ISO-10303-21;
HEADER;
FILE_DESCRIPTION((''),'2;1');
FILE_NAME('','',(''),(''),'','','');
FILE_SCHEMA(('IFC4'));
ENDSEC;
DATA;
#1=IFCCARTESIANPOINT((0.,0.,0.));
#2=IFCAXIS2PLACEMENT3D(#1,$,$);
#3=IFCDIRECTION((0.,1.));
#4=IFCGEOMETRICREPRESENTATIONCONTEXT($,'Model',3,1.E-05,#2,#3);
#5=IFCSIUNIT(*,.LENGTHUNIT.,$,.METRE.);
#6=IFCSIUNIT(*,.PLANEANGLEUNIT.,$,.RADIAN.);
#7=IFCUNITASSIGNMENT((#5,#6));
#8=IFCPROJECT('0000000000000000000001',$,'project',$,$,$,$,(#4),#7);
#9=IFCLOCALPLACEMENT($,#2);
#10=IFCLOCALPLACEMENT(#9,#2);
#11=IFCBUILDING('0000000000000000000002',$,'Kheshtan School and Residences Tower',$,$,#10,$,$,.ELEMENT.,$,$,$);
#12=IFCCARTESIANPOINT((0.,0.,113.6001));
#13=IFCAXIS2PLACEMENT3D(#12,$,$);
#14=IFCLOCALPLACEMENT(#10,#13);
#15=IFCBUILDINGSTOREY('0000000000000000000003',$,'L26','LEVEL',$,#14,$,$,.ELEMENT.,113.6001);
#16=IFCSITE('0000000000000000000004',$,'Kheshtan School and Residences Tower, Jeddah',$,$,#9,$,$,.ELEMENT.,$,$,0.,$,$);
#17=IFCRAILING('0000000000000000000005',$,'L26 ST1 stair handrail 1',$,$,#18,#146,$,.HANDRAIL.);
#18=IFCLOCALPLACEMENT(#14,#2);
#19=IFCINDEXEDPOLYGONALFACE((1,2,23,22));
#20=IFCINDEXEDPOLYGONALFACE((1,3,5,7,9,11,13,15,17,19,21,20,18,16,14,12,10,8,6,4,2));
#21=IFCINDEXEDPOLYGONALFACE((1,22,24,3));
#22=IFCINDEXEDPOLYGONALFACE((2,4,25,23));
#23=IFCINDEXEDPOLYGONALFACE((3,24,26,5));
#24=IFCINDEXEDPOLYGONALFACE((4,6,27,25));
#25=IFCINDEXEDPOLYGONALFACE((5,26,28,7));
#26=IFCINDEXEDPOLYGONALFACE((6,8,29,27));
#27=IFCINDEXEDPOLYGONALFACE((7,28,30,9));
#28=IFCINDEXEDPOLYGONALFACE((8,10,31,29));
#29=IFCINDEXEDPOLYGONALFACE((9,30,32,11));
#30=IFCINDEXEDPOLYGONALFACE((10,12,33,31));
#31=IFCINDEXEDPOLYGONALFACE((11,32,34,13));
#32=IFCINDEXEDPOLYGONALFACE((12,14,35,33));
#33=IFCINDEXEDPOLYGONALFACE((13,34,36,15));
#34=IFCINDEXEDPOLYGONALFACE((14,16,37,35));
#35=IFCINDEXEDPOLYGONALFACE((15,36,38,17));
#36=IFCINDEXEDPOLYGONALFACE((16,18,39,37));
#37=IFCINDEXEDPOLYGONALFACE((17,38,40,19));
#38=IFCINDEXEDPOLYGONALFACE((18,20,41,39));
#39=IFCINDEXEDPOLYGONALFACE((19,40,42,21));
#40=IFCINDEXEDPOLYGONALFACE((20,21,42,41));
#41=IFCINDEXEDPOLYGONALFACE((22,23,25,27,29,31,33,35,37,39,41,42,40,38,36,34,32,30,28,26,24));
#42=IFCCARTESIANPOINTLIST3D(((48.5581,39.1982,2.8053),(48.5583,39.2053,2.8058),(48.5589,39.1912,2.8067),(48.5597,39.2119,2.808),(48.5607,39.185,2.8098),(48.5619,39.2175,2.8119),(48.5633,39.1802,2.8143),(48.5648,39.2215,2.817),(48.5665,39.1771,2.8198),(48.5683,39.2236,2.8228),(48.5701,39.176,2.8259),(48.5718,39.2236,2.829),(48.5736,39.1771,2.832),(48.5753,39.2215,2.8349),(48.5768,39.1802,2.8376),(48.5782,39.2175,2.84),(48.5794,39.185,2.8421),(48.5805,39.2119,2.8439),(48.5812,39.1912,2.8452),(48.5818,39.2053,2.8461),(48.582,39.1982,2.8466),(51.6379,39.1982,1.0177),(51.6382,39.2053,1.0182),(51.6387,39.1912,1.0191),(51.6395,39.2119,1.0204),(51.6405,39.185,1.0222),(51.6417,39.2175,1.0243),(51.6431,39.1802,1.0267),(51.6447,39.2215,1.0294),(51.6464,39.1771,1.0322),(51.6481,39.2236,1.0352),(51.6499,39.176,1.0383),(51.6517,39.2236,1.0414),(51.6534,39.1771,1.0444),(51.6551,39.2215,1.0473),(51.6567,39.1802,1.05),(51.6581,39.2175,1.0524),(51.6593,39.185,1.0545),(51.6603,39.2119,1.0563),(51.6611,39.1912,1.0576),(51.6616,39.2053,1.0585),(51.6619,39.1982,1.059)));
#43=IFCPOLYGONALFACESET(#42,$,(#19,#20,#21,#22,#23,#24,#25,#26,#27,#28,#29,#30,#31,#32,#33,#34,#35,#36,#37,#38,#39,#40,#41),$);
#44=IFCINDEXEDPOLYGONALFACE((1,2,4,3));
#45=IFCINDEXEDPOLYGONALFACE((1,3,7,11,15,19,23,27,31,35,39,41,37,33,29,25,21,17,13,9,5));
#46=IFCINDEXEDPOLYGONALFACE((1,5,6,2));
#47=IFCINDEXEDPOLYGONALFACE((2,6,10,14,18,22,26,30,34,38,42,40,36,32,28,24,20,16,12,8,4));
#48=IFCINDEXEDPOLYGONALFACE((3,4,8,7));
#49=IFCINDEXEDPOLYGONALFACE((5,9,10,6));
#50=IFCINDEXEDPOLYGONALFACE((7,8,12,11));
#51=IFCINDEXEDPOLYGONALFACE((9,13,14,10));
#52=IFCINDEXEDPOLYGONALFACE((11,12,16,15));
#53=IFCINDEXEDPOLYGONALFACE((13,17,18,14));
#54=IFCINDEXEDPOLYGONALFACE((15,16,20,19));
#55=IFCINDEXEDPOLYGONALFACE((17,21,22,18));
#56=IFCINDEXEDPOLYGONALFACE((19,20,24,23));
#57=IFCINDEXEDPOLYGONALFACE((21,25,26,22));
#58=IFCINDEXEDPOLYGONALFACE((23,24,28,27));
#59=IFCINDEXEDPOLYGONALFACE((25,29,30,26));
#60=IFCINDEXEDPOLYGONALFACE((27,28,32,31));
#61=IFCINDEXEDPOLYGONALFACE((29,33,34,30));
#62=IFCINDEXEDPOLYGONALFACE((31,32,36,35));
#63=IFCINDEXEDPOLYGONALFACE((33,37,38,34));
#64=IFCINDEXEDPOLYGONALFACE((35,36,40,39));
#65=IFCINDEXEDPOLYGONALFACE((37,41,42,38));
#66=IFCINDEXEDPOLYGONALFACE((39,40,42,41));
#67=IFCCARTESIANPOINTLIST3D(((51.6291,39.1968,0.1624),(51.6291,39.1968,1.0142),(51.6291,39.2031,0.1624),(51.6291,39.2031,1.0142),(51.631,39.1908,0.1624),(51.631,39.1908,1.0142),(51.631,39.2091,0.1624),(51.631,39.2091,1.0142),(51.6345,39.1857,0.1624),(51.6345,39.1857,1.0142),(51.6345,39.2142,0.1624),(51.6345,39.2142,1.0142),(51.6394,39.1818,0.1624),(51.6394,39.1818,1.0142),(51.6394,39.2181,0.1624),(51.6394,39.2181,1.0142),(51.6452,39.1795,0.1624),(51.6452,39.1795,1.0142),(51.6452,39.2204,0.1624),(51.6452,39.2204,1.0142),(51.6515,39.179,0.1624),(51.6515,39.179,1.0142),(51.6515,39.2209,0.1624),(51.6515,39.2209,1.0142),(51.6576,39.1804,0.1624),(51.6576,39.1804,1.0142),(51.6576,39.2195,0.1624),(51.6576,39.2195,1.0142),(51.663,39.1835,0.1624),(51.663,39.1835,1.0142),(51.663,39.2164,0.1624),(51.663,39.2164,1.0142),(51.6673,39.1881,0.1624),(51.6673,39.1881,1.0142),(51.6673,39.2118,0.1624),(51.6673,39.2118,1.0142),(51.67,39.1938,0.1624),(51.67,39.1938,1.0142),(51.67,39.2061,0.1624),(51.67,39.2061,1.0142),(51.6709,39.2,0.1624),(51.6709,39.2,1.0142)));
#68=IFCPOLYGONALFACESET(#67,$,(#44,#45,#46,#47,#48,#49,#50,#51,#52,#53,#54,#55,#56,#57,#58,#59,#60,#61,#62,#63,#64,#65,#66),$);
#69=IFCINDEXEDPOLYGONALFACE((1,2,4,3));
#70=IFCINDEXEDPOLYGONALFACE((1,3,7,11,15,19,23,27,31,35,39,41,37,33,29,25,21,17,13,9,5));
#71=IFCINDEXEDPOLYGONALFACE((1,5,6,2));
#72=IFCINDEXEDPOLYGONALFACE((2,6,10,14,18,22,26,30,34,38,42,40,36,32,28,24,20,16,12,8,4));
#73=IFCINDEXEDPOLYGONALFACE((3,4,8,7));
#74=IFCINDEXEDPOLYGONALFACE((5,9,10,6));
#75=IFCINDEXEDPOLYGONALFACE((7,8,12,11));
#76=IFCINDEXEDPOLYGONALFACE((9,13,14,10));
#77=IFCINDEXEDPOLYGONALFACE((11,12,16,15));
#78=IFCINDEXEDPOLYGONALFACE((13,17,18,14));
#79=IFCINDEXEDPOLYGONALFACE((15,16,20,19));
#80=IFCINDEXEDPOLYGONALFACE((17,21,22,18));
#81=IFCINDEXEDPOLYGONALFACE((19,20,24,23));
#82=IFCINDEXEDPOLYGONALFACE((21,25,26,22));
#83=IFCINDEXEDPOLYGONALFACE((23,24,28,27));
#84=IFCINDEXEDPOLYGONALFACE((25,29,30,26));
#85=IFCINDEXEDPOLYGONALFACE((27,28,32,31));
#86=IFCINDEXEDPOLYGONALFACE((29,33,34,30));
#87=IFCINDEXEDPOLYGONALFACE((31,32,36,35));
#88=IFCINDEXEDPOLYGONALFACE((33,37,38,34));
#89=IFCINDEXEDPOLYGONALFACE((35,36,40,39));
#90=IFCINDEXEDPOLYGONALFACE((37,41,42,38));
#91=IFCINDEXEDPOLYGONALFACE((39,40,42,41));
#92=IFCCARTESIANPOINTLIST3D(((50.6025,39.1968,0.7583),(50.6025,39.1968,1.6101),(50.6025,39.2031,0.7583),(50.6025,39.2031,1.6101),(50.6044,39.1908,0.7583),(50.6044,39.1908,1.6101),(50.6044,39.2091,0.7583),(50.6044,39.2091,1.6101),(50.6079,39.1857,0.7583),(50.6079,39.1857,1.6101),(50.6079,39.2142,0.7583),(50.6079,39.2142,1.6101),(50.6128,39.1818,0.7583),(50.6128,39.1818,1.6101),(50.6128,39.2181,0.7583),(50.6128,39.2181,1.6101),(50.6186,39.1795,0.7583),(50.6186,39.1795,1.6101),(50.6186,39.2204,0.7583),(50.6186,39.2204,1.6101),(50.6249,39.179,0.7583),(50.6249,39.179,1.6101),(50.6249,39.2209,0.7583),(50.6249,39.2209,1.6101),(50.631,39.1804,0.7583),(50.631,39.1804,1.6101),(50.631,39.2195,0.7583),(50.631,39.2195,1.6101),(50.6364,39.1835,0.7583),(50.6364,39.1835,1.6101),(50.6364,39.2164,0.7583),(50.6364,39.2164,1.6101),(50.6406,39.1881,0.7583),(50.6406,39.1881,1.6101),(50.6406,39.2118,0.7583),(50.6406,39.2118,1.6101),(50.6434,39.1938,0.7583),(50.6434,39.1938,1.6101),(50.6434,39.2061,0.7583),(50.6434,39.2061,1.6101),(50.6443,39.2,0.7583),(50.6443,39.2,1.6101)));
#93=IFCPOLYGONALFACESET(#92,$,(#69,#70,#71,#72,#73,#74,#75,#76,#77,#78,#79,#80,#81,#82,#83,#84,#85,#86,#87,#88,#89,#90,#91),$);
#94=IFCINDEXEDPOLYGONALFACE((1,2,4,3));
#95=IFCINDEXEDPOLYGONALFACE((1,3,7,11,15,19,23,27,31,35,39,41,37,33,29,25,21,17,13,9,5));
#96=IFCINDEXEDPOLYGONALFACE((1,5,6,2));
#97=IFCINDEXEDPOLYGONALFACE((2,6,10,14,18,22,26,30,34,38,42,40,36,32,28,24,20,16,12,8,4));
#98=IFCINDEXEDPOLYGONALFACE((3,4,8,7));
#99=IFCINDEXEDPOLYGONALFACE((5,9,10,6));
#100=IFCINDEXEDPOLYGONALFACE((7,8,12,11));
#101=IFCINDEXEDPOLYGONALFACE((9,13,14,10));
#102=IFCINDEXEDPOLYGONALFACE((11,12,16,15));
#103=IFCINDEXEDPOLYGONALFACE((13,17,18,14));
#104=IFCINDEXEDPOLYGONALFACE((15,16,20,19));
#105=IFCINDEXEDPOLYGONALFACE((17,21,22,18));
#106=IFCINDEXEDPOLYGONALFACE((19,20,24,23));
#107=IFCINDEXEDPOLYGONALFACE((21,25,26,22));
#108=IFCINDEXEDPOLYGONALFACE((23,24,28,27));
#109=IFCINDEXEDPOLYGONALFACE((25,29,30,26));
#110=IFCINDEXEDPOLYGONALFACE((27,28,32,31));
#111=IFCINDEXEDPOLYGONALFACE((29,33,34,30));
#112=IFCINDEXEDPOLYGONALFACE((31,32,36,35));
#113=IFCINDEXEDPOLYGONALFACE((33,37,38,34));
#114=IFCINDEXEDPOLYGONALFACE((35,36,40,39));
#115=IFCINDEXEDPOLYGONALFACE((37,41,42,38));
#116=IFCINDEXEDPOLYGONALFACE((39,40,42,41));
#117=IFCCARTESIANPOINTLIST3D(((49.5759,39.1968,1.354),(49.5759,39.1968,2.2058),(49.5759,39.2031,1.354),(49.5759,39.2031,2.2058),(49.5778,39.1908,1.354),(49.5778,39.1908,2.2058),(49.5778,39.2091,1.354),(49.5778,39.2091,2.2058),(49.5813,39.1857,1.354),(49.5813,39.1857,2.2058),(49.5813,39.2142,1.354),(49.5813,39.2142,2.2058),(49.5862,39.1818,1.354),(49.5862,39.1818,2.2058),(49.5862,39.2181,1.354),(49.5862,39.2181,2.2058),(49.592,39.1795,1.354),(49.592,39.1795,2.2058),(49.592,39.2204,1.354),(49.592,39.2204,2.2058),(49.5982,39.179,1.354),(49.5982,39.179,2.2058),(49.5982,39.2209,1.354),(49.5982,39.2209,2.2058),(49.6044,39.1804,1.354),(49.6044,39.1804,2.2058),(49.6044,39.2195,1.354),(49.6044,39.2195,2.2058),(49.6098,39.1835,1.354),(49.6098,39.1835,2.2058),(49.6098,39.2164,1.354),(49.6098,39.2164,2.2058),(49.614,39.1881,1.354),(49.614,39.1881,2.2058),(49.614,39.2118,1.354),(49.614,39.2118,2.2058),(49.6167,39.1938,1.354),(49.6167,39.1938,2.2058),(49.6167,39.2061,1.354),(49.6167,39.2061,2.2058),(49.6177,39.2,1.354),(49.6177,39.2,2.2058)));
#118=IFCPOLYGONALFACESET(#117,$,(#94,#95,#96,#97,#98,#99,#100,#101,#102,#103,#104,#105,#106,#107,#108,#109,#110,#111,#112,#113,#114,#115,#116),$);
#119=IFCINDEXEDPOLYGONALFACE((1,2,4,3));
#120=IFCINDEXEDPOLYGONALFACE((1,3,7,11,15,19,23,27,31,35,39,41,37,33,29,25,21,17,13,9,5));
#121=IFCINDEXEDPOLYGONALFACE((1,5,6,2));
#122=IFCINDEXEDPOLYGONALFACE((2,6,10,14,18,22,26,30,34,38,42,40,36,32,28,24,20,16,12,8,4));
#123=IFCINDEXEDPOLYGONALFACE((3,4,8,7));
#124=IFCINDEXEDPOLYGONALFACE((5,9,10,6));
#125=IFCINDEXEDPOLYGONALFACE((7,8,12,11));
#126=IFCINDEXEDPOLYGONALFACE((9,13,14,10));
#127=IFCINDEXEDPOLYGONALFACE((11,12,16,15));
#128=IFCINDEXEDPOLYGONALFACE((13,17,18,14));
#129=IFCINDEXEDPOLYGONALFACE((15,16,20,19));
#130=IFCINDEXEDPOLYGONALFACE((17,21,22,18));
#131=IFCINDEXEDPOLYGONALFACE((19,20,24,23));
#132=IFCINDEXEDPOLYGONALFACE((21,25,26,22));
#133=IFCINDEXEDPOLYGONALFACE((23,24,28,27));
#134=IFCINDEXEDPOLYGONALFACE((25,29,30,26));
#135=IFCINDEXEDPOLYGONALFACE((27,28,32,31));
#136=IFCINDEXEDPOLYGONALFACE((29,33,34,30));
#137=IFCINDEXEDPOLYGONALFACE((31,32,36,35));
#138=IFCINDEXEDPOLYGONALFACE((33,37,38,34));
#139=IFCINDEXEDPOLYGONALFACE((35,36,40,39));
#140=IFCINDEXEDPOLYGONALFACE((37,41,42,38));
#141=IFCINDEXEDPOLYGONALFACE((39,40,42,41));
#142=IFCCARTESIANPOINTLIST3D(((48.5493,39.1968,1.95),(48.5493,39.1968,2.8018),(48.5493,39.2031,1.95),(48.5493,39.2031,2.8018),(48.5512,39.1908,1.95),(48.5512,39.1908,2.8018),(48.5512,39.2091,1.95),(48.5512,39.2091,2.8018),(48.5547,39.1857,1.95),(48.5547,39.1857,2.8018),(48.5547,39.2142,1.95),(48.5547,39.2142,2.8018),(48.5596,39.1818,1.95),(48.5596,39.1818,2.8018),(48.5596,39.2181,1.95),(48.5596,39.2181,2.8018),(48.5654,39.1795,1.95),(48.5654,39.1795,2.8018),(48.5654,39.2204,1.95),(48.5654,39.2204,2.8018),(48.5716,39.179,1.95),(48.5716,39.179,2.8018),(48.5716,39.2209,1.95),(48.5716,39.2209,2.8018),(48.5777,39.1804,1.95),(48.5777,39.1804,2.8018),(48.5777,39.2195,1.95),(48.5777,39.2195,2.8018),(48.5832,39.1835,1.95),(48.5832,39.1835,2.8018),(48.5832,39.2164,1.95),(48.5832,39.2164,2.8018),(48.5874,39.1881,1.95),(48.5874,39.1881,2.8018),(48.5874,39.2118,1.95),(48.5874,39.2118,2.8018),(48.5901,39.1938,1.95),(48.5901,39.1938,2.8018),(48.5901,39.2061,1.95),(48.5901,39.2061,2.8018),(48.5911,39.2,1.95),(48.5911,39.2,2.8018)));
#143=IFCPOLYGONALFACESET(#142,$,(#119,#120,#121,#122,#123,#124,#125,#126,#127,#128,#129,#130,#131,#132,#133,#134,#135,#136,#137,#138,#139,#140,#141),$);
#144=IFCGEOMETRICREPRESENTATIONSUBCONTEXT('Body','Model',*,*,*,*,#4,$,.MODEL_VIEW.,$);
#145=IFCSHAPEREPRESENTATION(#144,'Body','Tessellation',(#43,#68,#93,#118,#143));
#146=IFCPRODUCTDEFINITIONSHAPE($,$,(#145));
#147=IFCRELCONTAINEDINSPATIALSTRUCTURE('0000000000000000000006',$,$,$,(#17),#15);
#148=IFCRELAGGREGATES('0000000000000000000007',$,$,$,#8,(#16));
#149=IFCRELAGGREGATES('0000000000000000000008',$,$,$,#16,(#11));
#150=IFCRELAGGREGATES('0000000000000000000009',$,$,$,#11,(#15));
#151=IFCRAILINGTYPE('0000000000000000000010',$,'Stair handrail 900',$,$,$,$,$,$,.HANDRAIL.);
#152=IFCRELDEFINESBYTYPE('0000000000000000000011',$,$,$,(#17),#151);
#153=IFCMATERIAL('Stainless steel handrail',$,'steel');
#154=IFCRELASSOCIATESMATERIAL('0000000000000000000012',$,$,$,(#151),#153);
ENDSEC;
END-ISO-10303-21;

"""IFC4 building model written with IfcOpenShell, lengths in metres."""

from ifc_helpers import new_model, si_unit, direction, frame, origin, origin_2d, place, context, subcontext, project, spatial, circle, extrude, material, type_object, element, save


model = new_model("IFC4")

# Units and contexts
model_context = context("Model", 3, precision=1e-05, world=origin(), true_north=direction((0.0, 1.0)))
body_context = subcontext(model_context, "Body", "Model", "MODEL_VIEW")
ifc_project = project(units=[si_unit("LENGTHUNIT", "METRE"), si_unit("PLANEANGLEUNIT", "RADIAN")], contexts=[model_context])

# Site, building, storey
site_placement = place(None, origin())
site = spatial("IfcSite", under=ifc_project, at=site_placement, Name="Kheshtan School and Residences Tower, Jeddah", CompositionType="ELEMENT", RefElevation=0.0)
building_placement = place(site_placement, origin())
building = spatial("IfcBuilding", under=site, at=building_placement, Name="Kheshtan School and Residences Tower", CompositionType="ELEMENT")
storey_placement = place(building_placement, frame((0.0, 0.0, 113.6001)))
storey = spatial("IfcBuildingStorey", under=building, at=storey_placement, Name="L26", Description="LEVEL", CompositionType="ELEMENT", Elevation=113.6001)

# Railing
ifc_material_1 = material(Name="Stainless steel handrail", Category="steel")
railing_type_1 = type_object("IfcRailingType", Name="Stair handrail 900", PredefinedType="HANDRAIL", material=ifc_material_1)
railing_1_placement = place(storey_placement, frame((51.6499, 39.2, 0.1624)))
element("IfcRailing", 1, at=railing_1_placement, inside=storey, type_object=railing_type_1, Name="L26 ST1 stair handrail 1", PredefinedType="HANDRAIL", context=body_context, shape_type="SweptSolid", body=[
    extrude(circle(Radius=0.0239, at=origin_2d()), frame((0.0, 0.0, 0.876), z_axis=(-0.864873, 0.0, 0.50199), x_axis=(0.0, -1.0, 0.0)), (0.0, 0.0, 1.0), 3.561),
    extrude(circle(Radius=0.021, at=origin_2d()), origin(), (0.0, 0.0, 1.0), 0.8518),
    extrude(circle(Radius=0.021, at=origin_2d()), frame((-1.0266, 0.0, 0.5959)), (0.0, 0.0, 1.0), 0.8518),
    extrude(circle(Radius=0.021, at=origin_2d()), frame((-2.0532, 0.0, 1.1917)), (0.0, 0.0, 1.0), 0.8518),
    extrude(circle(Radius=0.021, at=origin_2d()), frame((-3.0798, 0.0, 1.7876)), (0.0, 0.0, 1.0), 0.8518),
])

save(model, "model.ifc")
